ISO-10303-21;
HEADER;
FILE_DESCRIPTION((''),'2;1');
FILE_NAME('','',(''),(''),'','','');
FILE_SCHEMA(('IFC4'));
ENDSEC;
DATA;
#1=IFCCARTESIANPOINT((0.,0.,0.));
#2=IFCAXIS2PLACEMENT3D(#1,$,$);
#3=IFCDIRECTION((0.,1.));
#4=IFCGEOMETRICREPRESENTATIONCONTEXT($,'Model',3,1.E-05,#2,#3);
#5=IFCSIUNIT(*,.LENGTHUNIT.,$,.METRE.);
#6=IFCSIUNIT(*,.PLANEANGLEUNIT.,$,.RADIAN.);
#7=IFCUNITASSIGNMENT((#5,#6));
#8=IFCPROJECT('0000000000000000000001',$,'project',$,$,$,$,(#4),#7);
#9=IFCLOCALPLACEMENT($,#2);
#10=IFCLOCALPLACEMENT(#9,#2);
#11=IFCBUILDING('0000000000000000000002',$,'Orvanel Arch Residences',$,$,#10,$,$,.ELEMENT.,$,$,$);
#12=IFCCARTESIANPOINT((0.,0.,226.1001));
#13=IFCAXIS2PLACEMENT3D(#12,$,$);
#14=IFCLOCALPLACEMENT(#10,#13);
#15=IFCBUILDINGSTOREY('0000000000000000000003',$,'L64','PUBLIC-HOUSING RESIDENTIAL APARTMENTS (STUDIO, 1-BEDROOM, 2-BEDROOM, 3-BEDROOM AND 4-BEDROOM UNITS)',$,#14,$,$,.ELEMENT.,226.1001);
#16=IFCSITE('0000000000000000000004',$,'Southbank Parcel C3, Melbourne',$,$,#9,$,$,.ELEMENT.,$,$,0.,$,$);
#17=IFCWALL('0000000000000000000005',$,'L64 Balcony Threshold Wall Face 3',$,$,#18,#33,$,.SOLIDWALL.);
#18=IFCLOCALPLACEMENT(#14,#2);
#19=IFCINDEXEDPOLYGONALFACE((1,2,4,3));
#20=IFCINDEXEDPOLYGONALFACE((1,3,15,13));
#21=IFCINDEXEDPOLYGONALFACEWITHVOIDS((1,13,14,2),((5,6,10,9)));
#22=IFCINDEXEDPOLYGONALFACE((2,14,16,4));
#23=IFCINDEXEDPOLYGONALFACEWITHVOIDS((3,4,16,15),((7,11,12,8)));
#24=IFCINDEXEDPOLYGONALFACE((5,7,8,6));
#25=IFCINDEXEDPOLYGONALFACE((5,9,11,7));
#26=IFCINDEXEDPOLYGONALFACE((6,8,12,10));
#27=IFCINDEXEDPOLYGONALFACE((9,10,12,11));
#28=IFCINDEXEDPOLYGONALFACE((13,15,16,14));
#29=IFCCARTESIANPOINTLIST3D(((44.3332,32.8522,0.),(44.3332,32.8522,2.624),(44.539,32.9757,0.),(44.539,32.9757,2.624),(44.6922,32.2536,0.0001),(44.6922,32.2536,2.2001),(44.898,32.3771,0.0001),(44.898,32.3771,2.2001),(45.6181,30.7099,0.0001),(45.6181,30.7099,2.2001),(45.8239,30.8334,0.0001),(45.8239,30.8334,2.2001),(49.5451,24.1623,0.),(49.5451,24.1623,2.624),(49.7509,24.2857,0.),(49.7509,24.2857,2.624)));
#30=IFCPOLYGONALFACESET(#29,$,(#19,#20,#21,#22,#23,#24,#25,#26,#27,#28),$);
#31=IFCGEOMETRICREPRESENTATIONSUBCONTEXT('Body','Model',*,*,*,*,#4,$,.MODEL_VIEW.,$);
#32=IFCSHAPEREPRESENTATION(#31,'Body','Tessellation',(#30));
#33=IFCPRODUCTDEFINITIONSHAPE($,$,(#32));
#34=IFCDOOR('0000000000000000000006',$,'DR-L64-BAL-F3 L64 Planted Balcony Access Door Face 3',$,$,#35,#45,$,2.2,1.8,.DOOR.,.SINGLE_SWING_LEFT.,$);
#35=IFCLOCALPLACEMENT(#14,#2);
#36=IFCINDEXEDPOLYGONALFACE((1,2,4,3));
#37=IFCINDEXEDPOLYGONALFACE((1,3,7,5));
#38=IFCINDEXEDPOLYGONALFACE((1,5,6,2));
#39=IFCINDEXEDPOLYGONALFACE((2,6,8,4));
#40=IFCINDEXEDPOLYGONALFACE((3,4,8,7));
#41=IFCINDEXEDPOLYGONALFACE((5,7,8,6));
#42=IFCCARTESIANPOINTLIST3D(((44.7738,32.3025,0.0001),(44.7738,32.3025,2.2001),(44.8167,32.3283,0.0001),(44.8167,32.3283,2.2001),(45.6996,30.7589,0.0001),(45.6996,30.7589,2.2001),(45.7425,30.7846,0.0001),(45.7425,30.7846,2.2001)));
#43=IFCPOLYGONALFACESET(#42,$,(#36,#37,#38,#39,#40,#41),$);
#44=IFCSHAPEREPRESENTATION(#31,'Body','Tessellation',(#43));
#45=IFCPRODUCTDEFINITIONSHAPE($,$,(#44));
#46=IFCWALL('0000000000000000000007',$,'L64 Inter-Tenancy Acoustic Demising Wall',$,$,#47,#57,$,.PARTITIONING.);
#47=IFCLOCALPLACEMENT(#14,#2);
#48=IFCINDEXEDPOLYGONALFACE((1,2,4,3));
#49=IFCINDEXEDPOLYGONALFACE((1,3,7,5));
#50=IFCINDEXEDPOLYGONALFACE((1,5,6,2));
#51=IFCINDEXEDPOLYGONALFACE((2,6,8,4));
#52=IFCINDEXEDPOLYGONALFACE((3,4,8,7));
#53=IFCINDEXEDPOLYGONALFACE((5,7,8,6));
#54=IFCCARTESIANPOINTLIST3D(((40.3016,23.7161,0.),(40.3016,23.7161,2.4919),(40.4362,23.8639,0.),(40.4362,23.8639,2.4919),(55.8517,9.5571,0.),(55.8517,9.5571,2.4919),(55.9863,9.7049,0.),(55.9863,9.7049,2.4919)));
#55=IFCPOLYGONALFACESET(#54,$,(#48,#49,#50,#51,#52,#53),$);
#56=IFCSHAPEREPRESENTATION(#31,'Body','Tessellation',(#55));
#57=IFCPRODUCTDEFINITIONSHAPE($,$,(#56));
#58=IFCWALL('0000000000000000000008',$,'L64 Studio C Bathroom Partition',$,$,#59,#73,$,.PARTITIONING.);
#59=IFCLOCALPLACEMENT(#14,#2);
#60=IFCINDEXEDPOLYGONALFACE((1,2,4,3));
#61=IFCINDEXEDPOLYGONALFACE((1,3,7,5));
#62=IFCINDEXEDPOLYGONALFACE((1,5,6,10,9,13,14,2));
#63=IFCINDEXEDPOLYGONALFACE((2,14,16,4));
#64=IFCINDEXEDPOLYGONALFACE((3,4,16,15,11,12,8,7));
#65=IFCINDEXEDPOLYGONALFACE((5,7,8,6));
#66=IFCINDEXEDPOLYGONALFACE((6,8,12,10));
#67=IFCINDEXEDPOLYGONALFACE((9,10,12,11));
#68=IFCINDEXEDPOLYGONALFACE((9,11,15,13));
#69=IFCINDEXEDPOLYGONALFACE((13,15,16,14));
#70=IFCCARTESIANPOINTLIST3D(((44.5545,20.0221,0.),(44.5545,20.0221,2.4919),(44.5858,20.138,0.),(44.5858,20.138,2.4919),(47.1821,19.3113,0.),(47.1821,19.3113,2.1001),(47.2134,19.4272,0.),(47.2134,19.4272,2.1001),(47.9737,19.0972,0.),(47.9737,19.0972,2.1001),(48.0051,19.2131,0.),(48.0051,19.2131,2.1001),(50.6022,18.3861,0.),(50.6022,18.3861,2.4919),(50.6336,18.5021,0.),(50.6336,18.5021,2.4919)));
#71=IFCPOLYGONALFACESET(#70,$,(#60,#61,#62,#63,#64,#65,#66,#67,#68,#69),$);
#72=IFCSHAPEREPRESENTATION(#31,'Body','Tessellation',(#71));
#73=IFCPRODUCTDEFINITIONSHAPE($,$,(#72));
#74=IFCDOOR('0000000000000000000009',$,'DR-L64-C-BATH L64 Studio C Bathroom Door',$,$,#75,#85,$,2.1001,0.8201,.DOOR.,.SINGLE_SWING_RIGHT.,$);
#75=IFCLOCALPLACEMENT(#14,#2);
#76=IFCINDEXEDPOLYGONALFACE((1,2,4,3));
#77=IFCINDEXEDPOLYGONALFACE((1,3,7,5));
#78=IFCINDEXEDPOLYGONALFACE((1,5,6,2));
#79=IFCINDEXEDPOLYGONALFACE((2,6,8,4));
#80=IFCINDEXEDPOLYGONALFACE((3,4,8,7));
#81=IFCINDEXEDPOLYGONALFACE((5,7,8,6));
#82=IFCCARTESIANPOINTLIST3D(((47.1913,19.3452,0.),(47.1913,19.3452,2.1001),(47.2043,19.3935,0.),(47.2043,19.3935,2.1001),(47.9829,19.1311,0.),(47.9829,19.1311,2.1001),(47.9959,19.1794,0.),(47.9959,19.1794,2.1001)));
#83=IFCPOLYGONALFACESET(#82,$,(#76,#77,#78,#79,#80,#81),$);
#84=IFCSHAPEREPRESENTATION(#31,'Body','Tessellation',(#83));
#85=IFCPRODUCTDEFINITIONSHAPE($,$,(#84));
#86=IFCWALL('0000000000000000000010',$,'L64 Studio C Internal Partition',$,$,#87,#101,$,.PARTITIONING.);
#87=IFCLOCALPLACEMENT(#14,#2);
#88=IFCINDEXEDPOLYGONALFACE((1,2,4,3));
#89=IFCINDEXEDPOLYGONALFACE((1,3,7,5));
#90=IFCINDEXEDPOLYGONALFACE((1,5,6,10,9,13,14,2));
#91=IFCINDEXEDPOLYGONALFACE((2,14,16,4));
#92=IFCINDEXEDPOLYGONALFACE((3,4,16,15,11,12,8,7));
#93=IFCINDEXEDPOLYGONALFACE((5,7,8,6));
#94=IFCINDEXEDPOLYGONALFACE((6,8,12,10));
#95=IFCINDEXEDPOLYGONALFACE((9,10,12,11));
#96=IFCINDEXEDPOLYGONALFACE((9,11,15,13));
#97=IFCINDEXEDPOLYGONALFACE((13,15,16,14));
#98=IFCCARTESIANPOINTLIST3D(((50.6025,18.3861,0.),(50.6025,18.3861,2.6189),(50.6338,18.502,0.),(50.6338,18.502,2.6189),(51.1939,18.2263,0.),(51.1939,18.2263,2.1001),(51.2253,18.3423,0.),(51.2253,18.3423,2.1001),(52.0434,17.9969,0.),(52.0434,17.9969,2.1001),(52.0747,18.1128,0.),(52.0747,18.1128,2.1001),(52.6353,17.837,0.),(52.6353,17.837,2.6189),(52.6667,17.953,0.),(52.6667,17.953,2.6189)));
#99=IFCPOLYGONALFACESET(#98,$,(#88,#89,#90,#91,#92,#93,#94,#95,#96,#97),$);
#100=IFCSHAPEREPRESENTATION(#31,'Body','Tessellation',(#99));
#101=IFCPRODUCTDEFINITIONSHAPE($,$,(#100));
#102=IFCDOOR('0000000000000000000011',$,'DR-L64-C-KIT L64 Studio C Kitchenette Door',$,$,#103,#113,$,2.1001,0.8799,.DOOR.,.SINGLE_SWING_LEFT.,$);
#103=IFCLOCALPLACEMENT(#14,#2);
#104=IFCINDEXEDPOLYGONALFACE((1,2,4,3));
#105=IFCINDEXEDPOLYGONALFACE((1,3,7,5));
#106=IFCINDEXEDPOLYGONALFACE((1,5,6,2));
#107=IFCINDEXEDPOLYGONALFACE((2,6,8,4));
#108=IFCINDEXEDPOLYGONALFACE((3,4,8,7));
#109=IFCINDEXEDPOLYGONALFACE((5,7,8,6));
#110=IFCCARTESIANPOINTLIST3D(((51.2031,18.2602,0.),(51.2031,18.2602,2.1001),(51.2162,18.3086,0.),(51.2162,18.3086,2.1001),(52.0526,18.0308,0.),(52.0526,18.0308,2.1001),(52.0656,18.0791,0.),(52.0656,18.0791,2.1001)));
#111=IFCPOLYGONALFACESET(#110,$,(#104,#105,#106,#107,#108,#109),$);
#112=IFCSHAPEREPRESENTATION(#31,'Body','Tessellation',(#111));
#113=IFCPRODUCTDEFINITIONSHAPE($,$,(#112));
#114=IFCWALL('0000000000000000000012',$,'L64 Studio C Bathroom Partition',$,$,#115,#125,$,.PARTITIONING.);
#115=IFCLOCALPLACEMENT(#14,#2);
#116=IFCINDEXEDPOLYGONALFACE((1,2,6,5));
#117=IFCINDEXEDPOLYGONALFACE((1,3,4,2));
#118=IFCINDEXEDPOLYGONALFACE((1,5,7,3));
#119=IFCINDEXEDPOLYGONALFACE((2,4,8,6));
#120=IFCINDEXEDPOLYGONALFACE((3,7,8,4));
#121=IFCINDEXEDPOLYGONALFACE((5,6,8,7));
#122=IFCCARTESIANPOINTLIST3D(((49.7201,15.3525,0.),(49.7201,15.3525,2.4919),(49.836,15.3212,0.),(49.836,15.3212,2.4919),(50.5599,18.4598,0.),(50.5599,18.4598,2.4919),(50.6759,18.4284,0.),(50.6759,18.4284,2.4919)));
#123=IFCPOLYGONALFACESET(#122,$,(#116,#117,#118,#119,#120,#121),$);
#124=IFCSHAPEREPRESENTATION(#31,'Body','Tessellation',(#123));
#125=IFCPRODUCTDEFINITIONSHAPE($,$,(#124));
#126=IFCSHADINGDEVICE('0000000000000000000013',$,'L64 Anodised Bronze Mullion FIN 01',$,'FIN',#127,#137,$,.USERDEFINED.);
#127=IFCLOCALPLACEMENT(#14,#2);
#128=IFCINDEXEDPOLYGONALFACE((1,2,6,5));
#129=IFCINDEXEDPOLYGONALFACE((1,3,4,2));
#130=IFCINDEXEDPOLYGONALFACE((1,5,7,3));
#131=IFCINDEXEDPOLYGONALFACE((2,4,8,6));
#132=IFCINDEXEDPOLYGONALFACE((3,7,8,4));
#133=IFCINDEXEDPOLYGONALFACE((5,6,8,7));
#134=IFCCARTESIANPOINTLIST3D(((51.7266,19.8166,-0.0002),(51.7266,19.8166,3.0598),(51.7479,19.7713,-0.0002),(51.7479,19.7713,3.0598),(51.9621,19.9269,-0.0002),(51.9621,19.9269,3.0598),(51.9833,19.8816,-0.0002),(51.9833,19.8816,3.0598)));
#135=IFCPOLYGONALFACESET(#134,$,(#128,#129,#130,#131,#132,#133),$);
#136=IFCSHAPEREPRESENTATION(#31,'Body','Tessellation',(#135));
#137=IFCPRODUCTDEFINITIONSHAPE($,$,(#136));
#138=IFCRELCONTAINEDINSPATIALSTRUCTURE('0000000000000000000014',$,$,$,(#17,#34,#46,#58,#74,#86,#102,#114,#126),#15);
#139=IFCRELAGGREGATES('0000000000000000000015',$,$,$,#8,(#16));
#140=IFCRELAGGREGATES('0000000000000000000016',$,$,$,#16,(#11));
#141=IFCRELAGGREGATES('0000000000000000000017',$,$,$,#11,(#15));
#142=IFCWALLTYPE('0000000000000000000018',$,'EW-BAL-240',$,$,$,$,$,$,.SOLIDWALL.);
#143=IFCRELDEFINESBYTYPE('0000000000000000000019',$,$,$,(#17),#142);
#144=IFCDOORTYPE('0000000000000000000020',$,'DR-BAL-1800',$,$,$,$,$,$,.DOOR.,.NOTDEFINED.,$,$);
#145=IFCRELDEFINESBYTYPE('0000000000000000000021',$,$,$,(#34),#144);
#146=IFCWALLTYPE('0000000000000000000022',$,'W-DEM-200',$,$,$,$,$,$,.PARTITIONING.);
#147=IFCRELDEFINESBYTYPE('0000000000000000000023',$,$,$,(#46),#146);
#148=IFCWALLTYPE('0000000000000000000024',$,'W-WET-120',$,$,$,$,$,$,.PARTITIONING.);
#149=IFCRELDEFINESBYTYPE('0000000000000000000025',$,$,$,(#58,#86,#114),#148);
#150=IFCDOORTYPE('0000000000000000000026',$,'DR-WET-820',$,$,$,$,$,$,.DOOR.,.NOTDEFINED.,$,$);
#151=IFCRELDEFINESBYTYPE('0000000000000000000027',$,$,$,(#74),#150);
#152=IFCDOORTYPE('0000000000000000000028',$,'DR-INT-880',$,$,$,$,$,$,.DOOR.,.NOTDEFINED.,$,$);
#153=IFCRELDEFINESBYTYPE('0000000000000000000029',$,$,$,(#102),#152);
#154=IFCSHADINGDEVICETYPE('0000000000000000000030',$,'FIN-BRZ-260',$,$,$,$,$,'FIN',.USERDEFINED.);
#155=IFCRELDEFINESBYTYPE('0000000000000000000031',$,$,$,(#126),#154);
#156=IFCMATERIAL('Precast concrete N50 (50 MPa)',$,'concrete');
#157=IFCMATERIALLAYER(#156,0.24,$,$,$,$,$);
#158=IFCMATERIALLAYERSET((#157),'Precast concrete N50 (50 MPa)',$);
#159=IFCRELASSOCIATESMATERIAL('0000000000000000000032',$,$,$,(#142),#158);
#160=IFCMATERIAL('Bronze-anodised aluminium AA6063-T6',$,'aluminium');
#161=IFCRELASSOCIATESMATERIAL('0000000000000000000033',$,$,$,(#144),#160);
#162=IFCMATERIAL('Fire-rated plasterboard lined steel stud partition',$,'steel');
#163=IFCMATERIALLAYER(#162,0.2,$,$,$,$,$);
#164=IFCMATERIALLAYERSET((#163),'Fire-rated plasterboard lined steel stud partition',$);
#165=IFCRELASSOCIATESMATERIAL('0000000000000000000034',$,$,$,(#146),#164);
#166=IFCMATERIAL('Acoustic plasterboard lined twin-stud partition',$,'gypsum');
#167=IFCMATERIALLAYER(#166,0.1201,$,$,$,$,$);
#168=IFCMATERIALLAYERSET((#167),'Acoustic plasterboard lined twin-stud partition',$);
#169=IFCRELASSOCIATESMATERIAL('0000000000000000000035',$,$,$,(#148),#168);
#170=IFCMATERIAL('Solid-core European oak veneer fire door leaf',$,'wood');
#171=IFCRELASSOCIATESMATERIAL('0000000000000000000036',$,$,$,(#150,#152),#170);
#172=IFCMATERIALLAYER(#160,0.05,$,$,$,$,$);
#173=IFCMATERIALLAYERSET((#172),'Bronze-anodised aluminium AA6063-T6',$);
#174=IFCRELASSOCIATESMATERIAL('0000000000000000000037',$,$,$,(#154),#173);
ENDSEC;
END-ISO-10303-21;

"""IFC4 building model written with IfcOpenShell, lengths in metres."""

from ifc_helpers import new_model, si_unit, direction, frame, frame_2d, origin, origin_2d, place, context, subcontext, project, spatial, rectangle, extrude, material, layer, layer_set, type_object, element, fill, save


model = new_model("IFC4")

# Units and contexts
model_context = context("Model", 3, precision=1e-05, world=origin(), true_north=direction((0.0, 1.0)))
body_context = subcontext(model_context, "Body", "Model", "MODEL_VIEW")
ifc_project = project(units=[si_unit("LENGTHUNIT", "METRE"), si_unit("PLANEANGLEUNIT", "RADIAN")], contexts=[model_context])

# Site, building, storey
site_placement = place(None, origin())
site = spatial("IfcSite", under=ifc_project, at=site_placement, Name="Southbank Parcel C3, Melbourne", CompositionType="ELEMENT", RefElevation=0.0)
building_placement = place(site_placement, origin())
building = spatial("IfcBuilding", under=site, at=building_placement, Name="Orvanel Arch Residences", CompositionType="ELEMENT")
storey_placement = place(building_placement, frame((0.0, 0.0, 226.1001)))
storey = spatial("IfcBuildingStorey", under=building, at=storey_placement, Name="L64", Description="PUBLIC-HOUSING RESIDENTIAL APARTMENTS (STUDIO, 1-BEDROOM, 2-BEDROOM, 3-BEDROOM AND 4-BEDROOM UNITS)", CompositionType="ELEMENT", Elevation=226.1001)

# Shared definitions
ifc_material_1 = material(Name="Bronze-anodised aluminium AA6063-T6", Category="aluminium")

# Wall, opening, door
ifc_material_2 = material(Name="Precast concrete N50 (50 MPa)", Category="concrete")
ifc_layer_1 = layer(ifc_material_2, 0.24)
ifc_layer_set_1 = layer_set([ifc_layer_1], Name="Precast concrete N50 (50 MPa)")
wall_type_1 = type_object("IfcWallType", Name="EW-BAL-240", PredefinedType="SOLIDWALL", material=ifc_layer_set_1)
wall_1_placement = place(storey_placement, frame((49.6479, 24.2241, 0.0), z_axis=(0.0, 0.0, 1.0), x_axis=(-0.514347, 0.857582, 0.0)))
wall_1 = element("IfcWall", 1, at=wall_1_placement, inside=storey, type_object=wall_type_1, Name="L64 Balcony Threshold Wall Face 3", PredefinedType="SOLIDWALL", context=body_context, shape_type="SweptSolid", body=[
    extrude(rectangle(XDim=10.1331, YDim=0.24, at=frame_2d((5.0664, 0.0))), origin(), (0.0, 0.0, 1.0), 2.624),
])
opening_1_placement = place(wall_1_placement, frame((7.635, 0.0, 0.0)))
opening_1 = element("IfcOpeningElement", 2, at=opening_1_placement, cuts=wall_1, PredefinedType="OPENING", context=body_context, shape_type="SweptSolid", body=[
    extrude(rectangle(XDim=1.8, YDim=2.2, at=frame_2d((0.8999, 1.1001))), frame((0.0, 0.1299, 0.0), z_axis=(0.0, -1.0, 0.0), x_axis=(1.0, 0.0, 0.0)), (0.0, 0.0, 1.0), 0.26),
])
door_type_1 = type_object("IfcDoorType", Name="DR-BAL-1800", OperationType="NOTDEFINED", PredefinedType="DOOR", material=ifc_material_1)
door_1_placement = place(opening_1_placement, origin())
door_1 = element("IfcDoor", 3, at=door_1_placement, inside=storey, type_object=door_type_1, Name="DR-L64-BAL-F3 L64 Planted Balcony Access Door Face 3", OperationType="SINGLE_SWING_LEFT", OverallHeight=2.2, OverallWidth=1.8, PredefinedType="DOOR", context=body_context, shape_type="SweptSolid", body=[
    extrude(rectangle(XDim=1.8, YDim=2.2, at=frame_2d((0.8999, 1.1001))), frame((0.0, 0.0249, 0.0), z_axis=(0.0, -1.0, 0.0), x_axis=(1.0, 0.0, 0.0)), (0.0, 0.0, 1.0), 0.05),
])
fill(opening_1, door_1)

# Wall
ifc_material_3 = material(Name="Fire-rated plasterboard lined steel stud partition", Category="steel")
ifc_layer_2 = layer(ifc_material_3, 0.2)
ifc_layer_set_2 = layer_set([ifc_layer_2], Name="Fire-rated plasterboard lined steel stud partition")
wall_type_2 = type_object("IfcWallType", Name="W-DEM-200", PredefinedType="PARTITIONING", material=ifc_layer_set_2)
wall_2_placement = place(storey_placement, frame((55.9189, 9.6311, 0.0), z_axis=(0.0, 0.0, 1.0), x_axis=(-0.739407, 0.673259, 0.0)))
element("IfcWall", 4, at=wall_2_placement, inside=storey, type_object=wall_type_2, Name="L64 Inter-Tenancy Acoustic Demising Wall", PredefinedType="PARTITIONING", context=body_context, shape_type="SweptSolid", body=[
    extrude(rectangle(XDim=21.0305, YDim=0.2, at=frame_2d((10.5151, 0.0))), origin(), (0.0, 0.0, 1.0), 2.4919),
])

# Walls, openings, doors
ifc_material_4 = material(Name="Acoustic plasterboard lined twin-stud partition", Category="gypsum")
ifc_layer_3 = layer(ifc_material_4, 0.1201)
ifc_layer_set_3 = layer_set([ifc_layer_3], Name="Acoustic plasterboard lined twin-stud partition")
wall_type_3 = type_object("IfcWallType", Name="W-WET-120", PredefinedType="PARTITIONING", material=ifc_layer_set_3)
wall_3_placement = place(storey_placement, frame((50.6179, 18.4441, 0.0), z_axis=(0.0, 0.0, 1.0), x_axis=(-0.965306, 0.261122, 0.0)))
wall_3 = element("IfcWall", 5, at=wall_3_placement, inside=storey, type_object=wall_type_3, Name="L64 Studio C Bathroom Partition", PredefinedType="PARTITIONING", context=body_context, shape_type="SweptSolid", body=[
    extrude(rectangle(XDim=6.2651, YDim=0.1201, at=frame_2d((3.1326, 0.0))), origin(), (0.0, 0.0, 1.0), 2.4919),
])
opening_2_placement = place(wall_3_placement, frame((2.7229, 0.0, 0.0)))
opening_2 = element("IfcOpeningElement", 6, at=opening_2_placement, cuts=wall_3, PredefinedType="OPENING", context=body_context, shape_type="SweptSolid", body=[
    extrude(rectangle(XDim=0.8201, YDim=2.1001, at=frame_2d((0.4102, 1.05))), frame((0.0, 0.0701, 0.0), z_axis=(0.0, -1.0, 0.0), x_axis=(1.0, 0.0, 0.0)), (0.0, 0.0, 1.0), 0.1401),
])
ifc_material_5 = material(Name="Solid-core European oak veneer fire door leaf", Category="wood")
door_type_2 = type_object("IfcDoorType", Name="DR-WET-820", OperationType="NOTDEFINED", PredefinedType="DOOR", material=ifc_material_5)
door_2_placement = place(opening_2_placement, origin())
door_2 = element("IfcDoor", 7, at=door_2_placement, inside=storey, type_object=door_type_2, Name="DR-L64-C-BATH L64 Studio C Bathroom Door", OperationType="SINGLE_SWING_RIGHT", OverallHeight=2.1001, OverallWidth=0.8201, PredefinedType="DOOR", context=body_context, shape_type="SweptSolid", body=[
    extrude(rectangle(XDim=0.8201, YDim=2.1001, at=frame_2d((0.4102, 1.05))), frame((0.0, 0.0249, 0.0), z_axis=(0.0, -1.0, 0.0), x_axis=(1.0, 0.0, 0.0)), (0.0, 0.0, 1.0), 0.05),
])
fill(opening_2, door_2)
wall_4_placement = place(storey_placement, frame((52.6509, 17.895, 0.0), z_axis=(0.0, 0.0, 1.0), x_axis=(-0.965408, 0.260743, 0.0)))
wall_4 = element("IfcWall", 8, at=wall_4_placement, inside=storey, type_object=wall_type_3, Name="L64 Studio C Internal Partition", PredefinedType="PARTITIONING", context=body_context, shape_type="SweptSolid", body=[
    extrude(rectangle(XDim=2.1057, YDim=0.1201, at=frame_2d((1.0527, 0.0))), origin(), (0.0, 0.0, 1.0), 2.6189),
])
opening_3_placement = place(wall_4_placement, frame((0.613, 0.0, 0.0)))
opening_3 = element("IfcOpeningElement", 9, at=opening_3_placement, cuts=wall_4, PredefinedType="OPENING", context=body_context, shape_type="SweptSolid", body=[
    extrude(rectangle(XDim=0.8799, YDim=2.1001, at=frame_2d((0.4399, 1.05))), frame((0.0, 0.0701, 0.0), z_axis=(0.0, -1.0, 0.0), x_axis=(1.0, 0.0, 0.0)), (0.0, 0.0, 1.0), 0.1401),
])
door_type_3 = type_object("IfcDoorType", Name="DR-INT-880", OperationType="NOTDEFINED", PredefinedType="DOOR", material=ifc_material_5)
door_3_placement = place(opening_3_placement, origin())
door_3 = element("IfcDoor", 10, at=door_3_placement, inside=storey, type_object=door_type_3, Name="DR-L64-C-KIT L64 Studio C Kitchenette Door", OperationType="SINGLE_SWING_LEFT", OverallHeight=2.1001, OverallWidth=0.8799, PredefinedType="DOOR", context=body_context, shape_type="SweptSolid", body=[
    extrude(rectangle(XDim=0.8799, YDim=2.1001, at=frame_2d((0.4399, 1.05))), frame((0.0, 0.0249, 0.0), z_axis=(0.0, -1.0, 0.0), x_axis=(1.0, 0.0, 0.0)), (0.0, 0.0, 1.0), 0.05),
])
fill(opening_3, door_3)

# Wall
wall_5_placement = place(storey_placement, frame((50.6179, 18.4441, 0.0), z_axis=(0.0, 0.0, 1.0), x_axis=(-0.260928, -0.965358, 0.0)))
element("IfcWall", 11, at=wall_5_placement, inside=storey, type_object=wall_type_3, Name="L64 Studio C Bathroom Partition", PredefinedType="PARTITIONING", context=body_context, shape_type="SweptSolid", body=[
    extrude(rectangle(XDim=3.2188, YDim=0.1201, at=frame_2d((1.6094, 0.0))), origin(), (0.0, 0.0, 1.0), 2.4919),
])

# Shading device
ifc_layer_4 = layer(ifc_material_1, 0.05)
ifc_layer_set_4 = layer_set([ifc_layer_4], Name="Bronze-anodised aluminium AA6063-T6")
shading_device_type = type_object("IfcShadingDeviceType", Name="FIN-BRZ-260", ElementType="FIN", PredefinedType="USERDEFINED", material=ifc_layer_set_4)
shading_device_placement = place(storey_placement, frame((51.855, 19.8491, -0.0002), z_axis=(0.0, 0.0, 1.0), x_axis=(0.905569, 0.424199, 0.0)))
element("IfcShadingDevice", 12, at=shading_device_placement, inside=storey, type_object=shading_device_type, Name="L64 Anodised Bronze Mullion FIN 01", ObjectType="FIN", PredefinedType="USERDEFINED", context=body_context, shape_type="SweptSolid", body=[
    extrude(rectangle(XDim=0.26, YDim=0.05, at=origin_2d()), origin(), (0.0, 0.0, 1.0), 3.0601),
])

save(model, "model.ifc")
